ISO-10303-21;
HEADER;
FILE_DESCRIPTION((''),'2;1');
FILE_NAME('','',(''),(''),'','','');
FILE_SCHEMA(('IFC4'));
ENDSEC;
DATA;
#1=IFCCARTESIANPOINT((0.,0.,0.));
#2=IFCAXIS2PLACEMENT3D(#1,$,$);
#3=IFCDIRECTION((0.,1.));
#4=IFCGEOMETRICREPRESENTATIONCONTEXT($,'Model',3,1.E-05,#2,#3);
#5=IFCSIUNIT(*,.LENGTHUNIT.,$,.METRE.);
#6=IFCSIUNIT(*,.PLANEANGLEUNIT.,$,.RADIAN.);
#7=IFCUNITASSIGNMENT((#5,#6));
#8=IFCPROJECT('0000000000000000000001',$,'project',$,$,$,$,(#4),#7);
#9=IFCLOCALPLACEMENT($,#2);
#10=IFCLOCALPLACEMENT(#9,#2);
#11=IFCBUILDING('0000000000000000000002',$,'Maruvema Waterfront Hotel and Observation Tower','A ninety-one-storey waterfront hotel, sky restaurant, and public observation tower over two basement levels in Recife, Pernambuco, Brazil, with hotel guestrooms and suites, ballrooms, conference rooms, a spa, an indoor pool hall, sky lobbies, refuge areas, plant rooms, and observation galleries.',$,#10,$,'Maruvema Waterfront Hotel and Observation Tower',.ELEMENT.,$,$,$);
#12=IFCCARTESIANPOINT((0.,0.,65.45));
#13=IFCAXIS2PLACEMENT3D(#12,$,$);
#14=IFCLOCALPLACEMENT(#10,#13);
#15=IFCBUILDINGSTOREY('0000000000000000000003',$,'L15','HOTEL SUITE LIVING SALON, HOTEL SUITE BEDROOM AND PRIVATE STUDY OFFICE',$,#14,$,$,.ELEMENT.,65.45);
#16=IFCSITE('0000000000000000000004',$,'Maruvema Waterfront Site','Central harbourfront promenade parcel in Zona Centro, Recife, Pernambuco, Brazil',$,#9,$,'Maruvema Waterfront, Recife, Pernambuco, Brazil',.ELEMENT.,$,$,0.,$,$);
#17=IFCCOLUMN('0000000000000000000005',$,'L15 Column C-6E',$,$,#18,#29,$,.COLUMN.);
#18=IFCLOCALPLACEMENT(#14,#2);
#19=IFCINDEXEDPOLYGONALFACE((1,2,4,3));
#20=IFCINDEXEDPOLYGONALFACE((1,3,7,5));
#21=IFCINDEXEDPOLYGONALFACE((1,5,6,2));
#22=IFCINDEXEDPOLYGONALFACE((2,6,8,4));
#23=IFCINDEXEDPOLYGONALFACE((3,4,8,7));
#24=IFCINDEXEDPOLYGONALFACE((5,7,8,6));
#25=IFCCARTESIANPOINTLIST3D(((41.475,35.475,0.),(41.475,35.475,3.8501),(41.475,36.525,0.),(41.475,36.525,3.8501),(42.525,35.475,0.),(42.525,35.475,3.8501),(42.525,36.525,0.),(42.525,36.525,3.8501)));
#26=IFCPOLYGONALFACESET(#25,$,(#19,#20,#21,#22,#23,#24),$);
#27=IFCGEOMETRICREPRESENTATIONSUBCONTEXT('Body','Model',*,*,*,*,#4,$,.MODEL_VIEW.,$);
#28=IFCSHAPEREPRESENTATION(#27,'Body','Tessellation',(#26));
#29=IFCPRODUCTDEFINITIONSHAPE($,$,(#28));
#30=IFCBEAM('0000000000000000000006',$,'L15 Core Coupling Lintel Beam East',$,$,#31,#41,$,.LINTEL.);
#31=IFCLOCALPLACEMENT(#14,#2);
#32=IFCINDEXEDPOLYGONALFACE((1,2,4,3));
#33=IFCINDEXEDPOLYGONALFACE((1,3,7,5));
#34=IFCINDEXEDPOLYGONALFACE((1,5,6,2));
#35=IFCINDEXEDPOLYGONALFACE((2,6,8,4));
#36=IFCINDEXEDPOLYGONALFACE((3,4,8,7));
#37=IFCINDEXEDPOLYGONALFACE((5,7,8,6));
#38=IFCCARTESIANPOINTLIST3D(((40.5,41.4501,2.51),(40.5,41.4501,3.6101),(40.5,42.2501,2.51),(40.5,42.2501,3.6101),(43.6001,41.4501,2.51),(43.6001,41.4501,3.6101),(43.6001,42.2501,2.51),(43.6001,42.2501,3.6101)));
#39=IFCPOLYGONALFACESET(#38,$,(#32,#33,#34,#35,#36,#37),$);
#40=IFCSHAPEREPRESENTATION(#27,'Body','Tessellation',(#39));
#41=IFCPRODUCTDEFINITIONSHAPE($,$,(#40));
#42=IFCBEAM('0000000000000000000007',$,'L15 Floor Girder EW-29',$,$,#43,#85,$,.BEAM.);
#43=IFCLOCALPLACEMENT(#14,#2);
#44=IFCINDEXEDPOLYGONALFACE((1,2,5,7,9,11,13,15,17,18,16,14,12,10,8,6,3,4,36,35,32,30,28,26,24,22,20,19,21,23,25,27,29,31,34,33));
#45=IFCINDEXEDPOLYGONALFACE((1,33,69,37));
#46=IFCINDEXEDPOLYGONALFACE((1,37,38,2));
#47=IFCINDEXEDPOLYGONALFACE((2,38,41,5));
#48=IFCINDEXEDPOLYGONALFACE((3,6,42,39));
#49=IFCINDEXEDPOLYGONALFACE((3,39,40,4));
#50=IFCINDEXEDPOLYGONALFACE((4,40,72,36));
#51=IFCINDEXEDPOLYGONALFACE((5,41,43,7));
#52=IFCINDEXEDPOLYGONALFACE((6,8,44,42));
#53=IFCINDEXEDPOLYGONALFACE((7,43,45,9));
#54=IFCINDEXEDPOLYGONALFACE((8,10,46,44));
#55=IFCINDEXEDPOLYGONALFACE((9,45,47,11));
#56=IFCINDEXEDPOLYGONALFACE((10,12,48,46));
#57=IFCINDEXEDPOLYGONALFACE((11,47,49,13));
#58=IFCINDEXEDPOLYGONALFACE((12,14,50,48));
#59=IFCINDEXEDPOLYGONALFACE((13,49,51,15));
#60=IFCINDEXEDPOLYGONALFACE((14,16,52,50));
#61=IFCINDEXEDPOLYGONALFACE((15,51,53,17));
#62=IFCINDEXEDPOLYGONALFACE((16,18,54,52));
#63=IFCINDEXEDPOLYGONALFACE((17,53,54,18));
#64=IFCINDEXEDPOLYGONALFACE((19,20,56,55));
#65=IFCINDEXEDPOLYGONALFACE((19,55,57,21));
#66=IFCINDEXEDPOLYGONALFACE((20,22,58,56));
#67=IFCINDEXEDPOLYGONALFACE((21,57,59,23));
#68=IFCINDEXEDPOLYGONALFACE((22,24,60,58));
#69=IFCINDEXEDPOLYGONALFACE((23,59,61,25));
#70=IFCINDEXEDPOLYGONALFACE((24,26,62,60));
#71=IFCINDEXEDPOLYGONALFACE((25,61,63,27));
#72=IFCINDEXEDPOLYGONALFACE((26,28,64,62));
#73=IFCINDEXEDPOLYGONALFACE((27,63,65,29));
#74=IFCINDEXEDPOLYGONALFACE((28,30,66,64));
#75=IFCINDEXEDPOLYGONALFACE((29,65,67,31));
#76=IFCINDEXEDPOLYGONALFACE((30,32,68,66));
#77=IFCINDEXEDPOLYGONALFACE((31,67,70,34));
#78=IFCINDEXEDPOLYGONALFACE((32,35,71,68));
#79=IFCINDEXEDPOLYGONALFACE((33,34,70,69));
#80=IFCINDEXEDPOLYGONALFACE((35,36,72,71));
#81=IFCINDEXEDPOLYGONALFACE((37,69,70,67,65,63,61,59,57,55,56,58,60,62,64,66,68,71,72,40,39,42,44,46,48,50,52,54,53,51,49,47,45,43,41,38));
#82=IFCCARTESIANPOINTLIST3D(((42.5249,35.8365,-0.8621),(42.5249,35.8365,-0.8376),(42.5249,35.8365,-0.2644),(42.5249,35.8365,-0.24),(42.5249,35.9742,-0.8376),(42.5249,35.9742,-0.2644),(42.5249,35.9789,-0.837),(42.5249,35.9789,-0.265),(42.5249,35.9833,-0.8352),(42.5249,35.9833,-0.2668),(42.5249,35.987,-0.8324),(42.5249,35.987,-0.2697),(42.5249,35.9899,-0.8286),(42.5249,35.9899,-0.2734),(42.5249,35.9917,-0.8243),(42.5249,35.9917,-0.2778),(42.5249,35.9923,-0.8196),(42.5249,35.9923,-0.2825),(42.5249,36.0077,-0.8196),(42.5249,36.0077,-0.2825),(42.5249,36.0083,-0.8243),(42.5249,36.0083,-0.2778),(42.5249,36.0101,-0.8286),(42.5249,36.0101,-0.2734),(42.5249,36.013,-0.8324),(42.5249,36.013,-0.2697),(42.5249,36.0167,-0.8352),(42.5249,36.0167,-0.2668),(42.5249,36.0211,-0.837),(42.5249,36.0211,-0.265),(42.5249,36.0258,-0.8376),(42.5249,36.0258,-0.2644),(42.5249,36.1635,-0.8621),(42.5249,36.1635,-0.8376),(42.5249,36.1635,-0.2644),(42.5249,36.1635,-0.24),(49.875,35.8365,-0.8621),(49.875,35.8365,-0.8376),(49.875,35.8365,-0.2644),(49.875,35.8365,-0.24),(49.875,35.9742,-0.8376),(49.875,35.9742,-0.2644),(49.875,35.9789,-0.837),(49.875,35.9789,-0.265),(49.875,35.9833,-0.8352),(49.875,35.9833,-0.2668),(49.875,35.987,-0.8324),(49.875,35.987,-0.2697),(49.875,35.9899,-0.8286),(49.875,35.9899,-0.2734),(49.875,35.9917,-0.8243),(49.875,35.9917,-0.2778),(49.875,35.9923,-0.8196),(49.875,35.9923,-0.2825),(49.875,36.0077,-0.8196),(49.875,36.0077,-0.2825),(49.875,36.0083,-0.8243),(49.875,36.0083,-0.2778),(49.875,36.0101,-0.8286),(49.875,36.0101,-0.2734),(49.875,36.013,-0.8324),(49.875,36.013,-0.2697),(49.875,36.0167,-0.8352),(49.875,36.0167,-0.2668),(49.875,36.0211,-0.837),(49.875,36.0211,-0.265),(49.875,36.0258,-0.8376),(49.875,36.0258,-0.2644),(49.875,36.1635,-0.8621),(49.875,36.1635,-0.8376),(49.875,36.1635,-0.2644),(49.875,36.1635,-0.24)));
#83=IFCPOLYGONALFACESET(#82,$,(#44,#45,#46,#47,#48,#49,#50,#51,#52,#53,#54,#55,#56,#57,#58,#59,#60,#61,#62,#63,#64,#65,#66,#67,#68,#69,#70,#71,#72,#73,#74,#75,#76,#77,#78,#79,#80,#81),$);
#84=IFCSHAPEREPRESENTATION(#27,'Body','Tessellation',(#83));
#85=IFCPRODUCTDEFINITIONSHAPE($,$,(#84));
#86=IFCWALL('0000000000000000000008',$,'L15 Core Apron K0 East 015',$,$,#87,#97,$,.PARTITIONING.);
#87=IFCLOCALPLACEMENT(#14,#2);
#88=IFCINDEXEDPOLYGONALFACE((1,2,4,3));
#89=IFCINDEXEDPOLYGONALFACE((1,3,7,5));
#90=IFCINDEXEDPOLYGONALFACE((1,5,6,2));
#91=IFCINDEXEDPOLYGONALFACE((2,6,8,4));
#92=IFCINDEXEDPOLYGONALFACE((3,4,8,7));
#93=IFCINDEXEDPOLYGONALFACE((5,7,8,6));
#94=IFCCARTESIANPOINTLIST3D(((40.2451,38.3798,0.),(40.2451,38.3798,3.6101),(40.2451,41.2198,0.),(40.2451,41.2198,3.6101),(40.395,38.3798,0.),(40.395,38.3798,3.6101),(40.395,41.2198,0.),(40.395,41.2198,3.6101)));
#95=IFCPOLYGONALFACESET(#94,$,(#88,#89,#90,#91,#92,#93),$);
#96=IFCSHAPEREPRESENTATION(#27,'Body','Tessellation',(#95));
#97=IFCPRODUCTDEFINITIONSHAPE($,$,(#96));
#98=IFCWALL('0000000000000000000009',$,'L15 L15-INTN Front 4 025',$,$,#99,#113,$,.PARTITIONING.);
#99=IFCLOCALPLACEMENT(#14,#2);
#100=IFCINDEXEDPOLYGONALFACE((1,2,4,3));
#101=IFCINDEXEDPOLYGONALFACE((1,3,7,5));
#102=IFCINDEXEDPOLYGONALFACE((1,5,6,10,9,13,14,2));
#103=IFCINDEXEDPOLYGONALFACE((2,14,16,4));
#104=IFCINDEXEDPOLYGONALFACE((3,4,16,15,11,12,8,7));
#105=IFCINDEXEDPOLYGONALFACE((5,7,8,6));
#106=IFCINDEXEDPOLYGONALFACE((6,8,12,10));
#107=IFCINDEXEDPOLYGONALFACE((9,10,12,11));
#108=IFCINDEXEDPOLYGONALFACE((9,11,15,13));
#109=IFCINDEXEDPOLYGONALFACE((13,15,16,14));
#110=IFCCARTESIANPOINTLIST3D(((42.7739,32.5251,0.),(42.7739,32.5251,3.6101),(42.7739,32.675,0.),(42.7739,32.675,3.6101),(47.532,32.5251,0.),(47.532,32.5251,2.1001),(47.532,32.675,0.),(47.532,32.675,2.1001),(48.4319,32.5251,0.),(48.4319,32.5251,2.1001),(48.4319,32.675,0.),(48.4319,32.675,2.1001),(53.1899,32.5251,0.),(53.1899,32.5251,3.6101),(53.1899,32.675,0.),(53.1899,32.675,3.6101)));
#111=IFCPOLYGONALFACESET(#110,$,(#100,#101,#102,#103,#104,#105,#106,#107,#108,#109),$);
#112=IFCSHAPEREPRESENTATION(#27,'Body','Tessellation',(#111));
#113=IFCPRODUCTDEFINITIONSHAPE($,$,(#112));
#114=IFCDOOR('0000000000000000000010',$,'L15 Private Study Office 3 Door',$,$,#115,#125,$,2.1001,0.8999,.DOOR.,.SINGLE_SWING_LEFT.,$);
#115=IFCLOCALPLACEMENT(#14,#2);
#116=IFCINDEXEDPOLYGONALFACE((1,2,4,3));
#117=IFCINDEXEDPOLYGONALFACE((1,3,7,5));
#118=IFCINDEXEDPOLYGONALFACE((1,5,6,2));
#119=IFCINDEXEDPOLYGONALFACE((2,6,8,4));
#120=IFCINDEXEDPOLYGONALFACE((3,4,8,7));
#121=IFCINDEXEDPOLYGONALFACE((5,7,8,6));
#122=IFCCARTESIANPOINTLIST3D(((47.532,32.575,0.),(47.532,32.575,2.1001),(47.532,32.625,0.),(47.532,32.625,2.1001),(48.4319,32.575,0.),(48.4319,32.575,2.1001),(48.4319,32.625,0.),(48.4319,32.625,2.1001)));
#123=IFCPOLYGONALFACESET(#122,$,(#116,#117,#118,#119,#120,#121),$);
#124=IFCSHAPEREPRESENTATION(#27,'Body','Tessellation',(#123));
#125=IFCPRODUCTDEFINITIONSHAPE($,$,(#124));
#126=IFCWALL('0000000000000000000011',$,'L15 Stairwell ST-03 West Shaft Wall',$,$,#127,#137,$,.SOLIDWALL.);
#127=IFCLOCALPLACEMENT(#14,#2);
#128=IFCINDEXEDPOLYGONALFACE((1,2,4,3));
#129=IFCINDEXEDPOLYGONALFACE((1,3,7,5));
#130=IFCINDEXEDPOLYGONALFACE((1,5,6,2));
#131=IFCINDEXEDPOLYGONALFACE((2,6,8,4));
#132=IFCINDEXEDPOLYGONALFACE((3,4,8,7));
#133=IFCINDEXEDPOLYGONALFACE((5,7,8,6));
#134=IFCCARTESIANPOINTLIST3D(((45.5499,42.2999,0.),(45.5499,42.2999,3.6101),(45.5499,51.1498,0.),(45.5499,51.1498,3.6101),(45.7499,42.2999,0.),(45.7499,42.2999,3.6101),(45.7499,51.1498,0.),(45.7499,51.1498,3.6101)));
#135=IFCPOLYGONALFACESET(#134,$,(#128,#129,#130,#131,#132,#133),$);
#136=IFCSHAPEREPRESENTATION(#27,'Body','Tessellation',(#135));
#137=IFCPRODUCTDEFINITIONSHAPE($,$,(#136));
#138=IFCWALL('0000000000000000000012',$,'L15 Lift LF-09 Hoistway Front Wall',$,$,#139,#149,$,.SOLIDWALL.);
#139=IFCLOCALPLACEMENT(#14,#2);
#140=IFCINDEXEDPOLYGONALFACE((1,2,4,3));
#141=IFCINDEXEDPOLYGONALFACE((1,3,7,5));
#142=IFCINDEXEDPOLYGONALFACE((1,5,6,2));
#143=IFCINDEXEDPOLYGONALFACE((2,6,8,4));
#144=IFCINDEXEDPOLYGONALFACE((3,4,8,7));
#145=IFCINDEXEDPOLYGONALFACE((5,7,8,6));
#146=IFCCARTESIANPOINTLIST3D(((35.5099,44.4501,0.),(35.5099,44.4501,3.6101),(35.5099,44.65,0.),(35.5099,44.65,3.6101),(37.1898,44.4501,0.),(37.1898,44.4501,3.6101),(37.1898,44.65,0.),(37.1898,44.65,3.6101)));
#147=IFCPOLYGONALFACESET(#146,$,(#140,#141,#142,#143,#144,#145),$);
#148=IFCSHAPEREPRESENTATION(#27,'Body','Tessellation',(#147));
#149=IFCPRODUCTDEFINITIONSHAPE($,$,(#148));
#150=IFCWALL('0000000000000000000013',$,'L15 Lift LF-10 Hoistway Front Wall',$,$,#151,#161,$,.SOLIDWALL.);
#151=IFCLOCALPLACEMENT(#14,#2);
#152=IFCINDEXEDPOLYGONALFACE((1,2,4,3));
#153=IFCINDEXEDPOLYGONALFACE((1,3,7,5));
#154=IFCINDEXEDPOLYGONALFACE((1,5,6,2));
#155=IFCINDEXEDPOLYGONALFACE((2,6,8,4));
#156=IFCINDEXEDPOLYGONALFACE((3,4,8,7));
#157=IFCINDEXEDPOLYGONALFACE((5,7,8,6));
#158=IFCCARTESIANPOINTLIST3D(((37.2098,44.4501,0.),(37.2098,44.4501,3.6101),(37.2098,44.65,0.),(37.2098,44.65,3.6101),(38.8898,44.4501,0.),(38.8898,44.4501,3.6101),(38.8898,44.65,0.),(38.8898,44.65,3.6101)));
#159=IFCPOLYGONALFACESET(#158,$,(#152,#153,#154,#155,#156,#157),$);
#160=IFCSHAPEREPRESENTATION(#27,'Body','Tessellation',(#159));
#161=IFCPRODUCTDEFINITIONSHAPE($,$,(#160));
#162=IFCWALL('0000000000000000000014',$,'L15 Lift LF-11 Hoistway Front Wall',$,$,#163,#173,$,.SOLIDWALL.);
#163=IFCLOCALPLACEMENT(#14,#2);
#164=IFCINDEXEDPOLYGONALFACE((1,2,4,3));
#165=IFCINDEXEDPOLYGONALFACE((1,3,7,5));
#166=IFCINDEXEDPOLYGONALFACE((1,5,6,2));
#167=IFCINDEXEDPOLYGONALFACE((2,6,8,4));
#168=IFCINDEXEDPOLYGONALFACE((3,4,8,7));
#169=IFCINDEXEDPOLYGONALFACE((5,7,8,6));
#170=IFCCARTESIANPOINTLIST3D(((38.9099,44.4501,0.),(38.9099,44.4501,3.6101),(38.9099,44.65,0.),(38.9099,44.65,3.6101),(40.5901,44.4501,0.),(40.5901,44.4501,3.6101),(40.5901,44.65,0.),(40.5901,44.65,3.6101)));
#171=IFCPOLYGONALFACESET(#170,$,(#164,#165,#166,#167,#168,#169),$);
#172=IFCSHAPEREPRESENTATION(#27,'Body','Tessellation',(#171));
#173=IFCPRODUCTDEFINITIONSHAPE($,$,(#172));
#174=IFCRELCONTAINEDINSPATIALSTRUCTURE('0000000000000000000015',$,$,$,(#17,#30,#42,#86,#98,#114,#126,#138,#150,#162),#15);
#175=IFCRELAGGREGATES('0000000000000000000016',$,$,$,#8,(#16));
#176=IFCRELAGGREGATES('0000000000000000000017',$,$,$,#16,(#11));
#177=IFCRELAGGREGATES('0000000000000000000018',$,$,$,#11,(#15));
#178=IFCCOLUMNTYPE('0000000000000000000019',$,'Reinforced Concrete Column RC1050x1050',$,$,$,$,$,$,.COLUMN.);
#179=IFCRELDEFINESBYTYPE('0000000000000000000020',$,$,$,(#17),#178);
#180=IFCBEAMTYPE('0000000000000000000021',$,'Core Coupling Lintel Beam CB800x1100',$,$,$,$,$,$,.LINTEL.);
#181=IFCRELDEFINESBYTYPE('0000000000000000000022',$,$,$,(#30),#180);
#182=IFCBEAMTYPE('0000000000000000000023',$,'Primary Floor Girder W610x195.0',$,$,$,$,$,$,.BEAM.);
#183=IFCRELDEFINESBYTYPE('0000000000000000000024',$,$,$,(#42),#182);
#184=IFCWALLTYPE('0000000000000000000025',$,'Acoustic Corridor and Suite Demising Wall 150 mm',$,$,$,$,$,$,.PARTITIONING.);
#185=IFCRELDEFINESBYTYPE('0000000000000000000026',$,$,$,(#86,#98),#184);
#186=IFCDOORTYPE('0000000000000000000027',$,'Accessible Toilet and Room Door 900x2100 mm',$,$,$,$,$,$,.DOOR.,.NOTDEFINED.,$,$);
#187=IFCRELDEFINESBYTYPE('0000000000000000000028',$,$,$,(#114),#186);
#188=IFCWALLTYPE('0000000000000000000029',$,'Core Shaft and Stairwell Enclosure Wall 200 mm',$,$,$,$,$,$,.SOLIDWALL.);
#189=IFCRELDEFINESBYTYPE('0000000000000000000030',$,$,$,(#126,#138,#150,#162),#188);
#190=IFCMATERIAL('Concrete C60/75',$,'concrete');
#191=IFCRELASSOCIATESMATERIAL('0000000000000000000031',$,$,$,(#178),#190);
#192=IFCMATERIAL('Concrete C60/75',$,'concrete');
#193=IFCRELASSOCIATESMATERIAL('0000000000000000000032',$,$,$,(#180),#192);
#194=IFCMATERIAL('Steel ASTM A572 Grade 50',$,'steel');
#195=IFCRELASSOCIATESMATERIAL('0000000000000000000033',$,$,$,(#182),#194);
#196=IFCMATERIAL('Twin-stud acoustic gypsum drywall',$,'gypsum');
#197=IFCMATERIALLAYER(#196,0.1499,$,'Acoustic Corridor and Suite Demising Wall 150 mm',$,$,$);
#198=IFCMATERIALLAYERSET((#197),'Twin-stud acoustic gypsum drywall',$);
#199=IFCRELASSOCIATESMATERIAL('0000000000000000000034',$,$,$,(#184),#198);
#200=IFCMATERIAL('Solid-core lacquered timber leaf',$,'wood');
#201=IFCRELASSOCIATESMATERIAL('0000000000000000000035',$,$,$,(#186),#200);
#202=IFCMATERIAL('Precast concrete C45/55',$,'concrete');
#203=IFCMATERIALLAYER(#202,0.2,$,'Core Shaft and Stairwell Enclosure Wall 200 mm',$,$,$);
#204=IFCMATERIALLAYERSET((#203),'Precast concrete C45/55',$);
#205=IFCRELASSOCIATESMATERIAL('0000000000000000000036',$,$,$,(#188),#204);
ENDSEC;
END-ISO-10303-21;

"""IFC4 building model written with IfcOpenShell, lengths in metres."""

from ifc_helpers import new_model, si_unit, direction, frame, frame_2d, origin, origin_2d, place, context, subcontext, project, spatial, rectangle, i_section, extrude, material, layer, layer_set, material_profile, profile_set, type_object, element, fill, save


model = new_model("IFC4")

# Units and contexts
model_context = context("Model", 3, precision=1e-05, world=origin(), true_north=direction((0.0, 1.0)))
body_context = subcontext(model_context, "Body", "Model", "MODEL_VIEW")
ifc_project = project(units=[si_unit("LENGTHUNIT", "METRE"), si_unit("PLANEANGLEUNIT", "RADIAN")], contexts=[model_context])

# Site, building, storey
site_placement = place(None, origin())
site = spatial("IfcSite", under=ifc_project, at=site_placement, Name="Maruvema Waterfront Site", Description="Central harbourfront promenade parcel in Zona Centro, Recife, Pernambuco, Brazil", LongName="Maruvema Waterfront, Recife, Pernambuco, Brazil", CompositionType="ELEMENT", RefElevation=0.0)
building_placement = place(site_placement, origin())
building = spatial("IfcBuilding", under=site, at=building_placement, Name="Maruvema Waterfront Hotel and Observation Tower", Description="A ninety-one-storey waterfront hotel, sky restaurant, and public observation tower over two basement levels in Recife, Pernambuco, Brazil, with hotel guestrooms and suites, ballrooms, conference rooms, a spa, an indoor pool hall, sky lobbies, refuge areas, plant rooms, and observation galleries.", LongName="Maruvema Waterfront Hotel and Observation Tower", CompositionType="ELEMENT")
storey_placement = place(building_placement, frame((0.0, 0.0, 65.45)))
storey = spatial("IfcBuildingStorey", under=building, at=storey_placement, Name="L15", Description="HOTEL SUITE LIVING SALON, HOTEL SUITE BEDROOM AND PRIVATE STUDY OFFICE", CompositionType="ELEMENT", Elevation=65.45)

# Column
ifc_material_1 = material(Name="Concrete C60/75", Category="concrete")
ifc_material_profile_1 = material_profile(ifc_material_1, rectangle(XDim=1.05, YDim=1.05, at=origin_2d()), Name="RC1050x1050")
ifc_profile_set_1 = profile_set([ifc_material_profile_1], Name="Concrete C60/75")
column_type = type_object("IfcColumnType", Name="Reinforced Concrete Column RC1050x1050", PredefinedType="COLUMN", material=ifc_profile_set_1)
column_placement = place(storey_placement, frame((42.0, 36.0, 0.0), z_axis=(0.0, 0.0, 1.0), x_axis=(1.0, 0.0, 0.0)))
element("IfcColumn", 1, at=column_placement, inside=storey, type_object=column_type, Name="L15 Column C-6E", PredefinedType="COLUMN", context=body_context, shape_type="SweptSolid", body=[
    extrude(rectangle(XDim=1.05, YDim=1.05, at=origin_2d()), origin(), (0.0, 0.0, 1.0), 3.8501),
])

# Beams
ifc_material_2 = material(Name="Concrete C60/75", Category="concrete")
ifc_material_profile_2 = material_profile(ifc_material_2, rectangle(XDim=0.8, YDim=1.1001, at=origin_2d()), Name="CB800x1100")
ifc_profile_set_2 = profile_set([ifc_material_profile_2], Name="Concrete C60/75")
beam_type_1 = type_object("IfcBeamType", Name="Core Coupling Lintel Beam CB800x1100", PredefinedType="LINTEL", material=ifc_profile_set_2)
beam_1_placement = place(storey_placement, frame((40.5, 41.8501, 3.0601), z_axis=(1.0, 0.0, 0.0), x_axis=(0.0, 1.0, 0.0)))
element("IfcBeam", 2, at=beam_1_placement, inside=storey, type_object=beam_type_1, Name="L15 Core Coupling Lintel Beam East", PredefinedType="LINTEL", context=body_context, shape_type="SweptSolid", body=[
    extrude(rectangle(XDim=0.8, YDim=1.1001, at=origin_2d()), origin(), (0.0, 0.0, 1.0), 3.1001),
])
ifc_material_3 = material(Name="Steel ASTM A572 Grade 50", Category="steel")
ifc_material_profile_3 = material_profile(ifc_material_3, i_section(OverallWidth=0.3269, OverallDepth=0.6221, WebThickness=0.0154, FlangeThickness=0.0244, FilletRadius=0.0181, at=origin_2d()), Name="W610x195.0")
ifc_profile_set_3 = profile_set([ifc_material_profile_3], Name="Steel ASTM A572 Grade 50")
beam_type_2 = type_object("IfcBeamType", Name="Primary Floor Girder W610x195.0", PredefinedType="BEAM", material=ifc_profile_set_3)
beam_2_placement = place(storey_placement, frame((42.5249, 36.0, -0.551), z_axis=(1.0, 0.0, 0.0), x_axis=(0.0, 1.0, 0.0)))
element("IfcBeam", 3, at=beam_2_placement, inside=storey, type_object=beam_type_2, Name="L15 Floor Girder EW-29", PredefinedType="BEAM", context=body_context, shape_type="SweptSolid", body=[
    extrude(i_section(OverallWidth=0.3269, OverallDepth=0.6221, WebThickness=0.0154, FlangeThickness=0.0244, FilletRadius=0.0181, at=origin_2d()), origin(), (0.0, 0.0, 1.0), 7.3501),
])

# Wall
ifc_material_4 = material(Name="Twin-stud acoustic gypsum drywall", Category="gypsum")
ifc_layer_1 = layer(ifc_material_4, 0.1499, Name="Acoustic Corridor and Suite Demising Wall 150 mm")
ifc_layer_set_1 = layer_set([ifc_layer_1], Name="Twin-stud acoustic gypsum drywall")
wall_type_1 = type_object("IfcWallType", Name="Acoustic Corridor and Suite Demising Wall 150 mm", PredefinedType="PARTITIONING", material=ifc_layer_set_1)
wall_1_placement = place(storey_placement, frame((40.3201, 38.3799, 0.0), z_axis=(0.0, 0.0, 1.0), x_axis=(0.0, 1.0, 0.0)))
element("IfcWall", 4, at=wall_1_placement, inside=storey, type_object=wall_type_1, Name="L15 Core Apron K0 East 015", PredefinedType="PARTITIONING", context=body_context, shape_type="SweptSolid", body=[
    extrude(rectangle(XDim=2.8401, YDim=0.1499, at=frame_2d((1.4199, 0.0))), origin(), (0.0, 0.0, 1.0), 3.6101),
])

# Wall, opening, door
wall_2_placement = place(storey_placement, frame((42.7739, 32.6001, 0.0), z_axis=(0.0, 0.0, 1.0), x_axis=(1.0, 0.0, 0.0)))
wall_2 = element("IfcWall", 5, at=wall_2_placement, inside=storey, type_object=wall_type_1, Name="L15 L15-INTN Front 4 025", PredefinedType="PARTITIONING", context=body_context, shape_type="SweptSolid", body=[
    extrude(rectangle(XDim=10.416, YDim=0.1499, at=frame_2d((5.208, 0.0))), origin(), (0.0, 0.0, 1.0), 3.6101),
])
opening_1_placement = place(wall_2_placement, frame((4.7581, 0.0, 0.0)))
opening_1 = element("IfcOpeningElement", 6, at=opening_1_placement, cuts=wall_2, PredefinedType="OPENING", context=body_context, shape_type="SweptSolid", body=[
    extrude(rectangle(XDim=0.8999, YDim=2.1001, at=frame_2d((0.45, 1.05))), frame((0.0, 0.085, 0.0), z_axis=(0.0, -1.0, 0.0), x_axis=(1.0, 0.0, 0.0)), (0.0, 0.0, 1.0), 0.1699),
])
ifc_material_5 = material(Name="Solid-core lacquered timber leaf", Category="wood")
door_type_1 = type_object("IfcDoorType", Name="Accessible Toilet and Room Door 900x2100 mm", OperationType="NOTDEFINED", PredefinedType="DOOR", material=ifc_material_5)
door_1_placement = place(opening_1_placement, origin())
door_1 = element("IfcDoor", 7, at=door_1_placement, inside=storey, type_object=door_type_1, Name="L15 Private Study Office 3 Door", OperationType="SINGLE_SWING_LEFT", OverallHeight=2.1001, OverallWidth=0.8999, PredefinedType="DOOR", context=body_context, shape_type="SweptSolid", body=[
    extrude(rectangle(XDim=0.8999, YDim=2.1001, at=frame_2d((0.45, 1.05))), frame((0.0, 0.0249, 0.0), z_axis=(0.0, -1.0, 0.0), x_axis=(1.0, 0.0, 0.0)), (0.0, 0.0, 1.0), 0.05),
])
fill(opening_1, door_1)

# Walls
ifc_material_6 = material(Name="Precast concrete C45/55", Category="concrete")
ifc_layer_2 = layer(ifc_material_6, 0.2, Name="Core Shaft and Stairwell Enclosure Wall 200 mm")
ifc_layer_set_2 = layer_set([ifc_layer_2], Name="Precast concrete C45/55")
wall_type_2 = type_object("IfcWallType", Name="Core Shaft and Stairwell Enclosure Wall 200 mm", PredefinedType="SOLIDWALL", material=ifc_layer_set_2)
wall_3_placement = place(storey_placement, frame((45.6499, 42.3, 0.0), z_axis=(0.0, 0.0, 1.0), x_axis=(0.0, 1.0, 0.0)))
element("IfcWall", 8, at=wall_3_placement, inside=storey, type_object=wall_type_2, Name="L15 Stairwell ST-03 West Shaft Wall", PredefinedType="SOLIDWALL", context=body_context, shape_type="SweptSolid", body=[
    extrude(rectangle(XDim=8.8499, YDim=0.2, at=frame_2d((4.4248, 0.0))), origin(), (0.0, 0.0, 1.0), 3.6101),
])
for number, where, z_axis, x_axis, name in (
    (9, (35.51, 44.55, 0.0), (0.0, 0.0, 1.0), (1.0, 0.0, 0.0), "L15 Lift LF-09 Hoistway Front Wall"),
    (10, (37.21, 44.55, 0.0), (0.0, 0.0, 1.0), (1.0, 0.0, 0.0), "L15 Lift LF-10 Hoistway Front Wall"),
):
    element("IfcWall", number, at=place(storey_placement, frame(where, z_axis=z_axis, x_axis=x_axis)), inside=storey, type_object=wall_type_2, Name=name, PredefinedType="SOLIDWALL", context=body_context, shape_type="SweptSolid", body=[
        extrude(rectangle(XDim=1.6799, YDim=0.2, at=frame_2d((0.8398, 0.0))), origin(), (0.0, 0.0, 1.0), 3.6101),
    ])
wall_4_placement = place(storey_placement, frame((38.9099, 44.55, 0.0), z_axis=(0.0, 0.0, 1.0), x_axis=(1.0, 0.0, 0.0)))
element("IfcWall", 11, at=wall_4_placement, inside=storey, type_object=wall_type_2, Name="L15 Lift LF-11 Hoistway Front Wall", PredefinedType="SOLIDWALL", context=body_context, shape_type="SweptSolid", body=[
    extrude(rectangle(XDim=1.6802, YDim=0.2, at=frame_2d((0.8401, 0.0))), origin(), (0.0, 0.0, 1.0), 3.6101),
])

save(model, "model.ifc")
